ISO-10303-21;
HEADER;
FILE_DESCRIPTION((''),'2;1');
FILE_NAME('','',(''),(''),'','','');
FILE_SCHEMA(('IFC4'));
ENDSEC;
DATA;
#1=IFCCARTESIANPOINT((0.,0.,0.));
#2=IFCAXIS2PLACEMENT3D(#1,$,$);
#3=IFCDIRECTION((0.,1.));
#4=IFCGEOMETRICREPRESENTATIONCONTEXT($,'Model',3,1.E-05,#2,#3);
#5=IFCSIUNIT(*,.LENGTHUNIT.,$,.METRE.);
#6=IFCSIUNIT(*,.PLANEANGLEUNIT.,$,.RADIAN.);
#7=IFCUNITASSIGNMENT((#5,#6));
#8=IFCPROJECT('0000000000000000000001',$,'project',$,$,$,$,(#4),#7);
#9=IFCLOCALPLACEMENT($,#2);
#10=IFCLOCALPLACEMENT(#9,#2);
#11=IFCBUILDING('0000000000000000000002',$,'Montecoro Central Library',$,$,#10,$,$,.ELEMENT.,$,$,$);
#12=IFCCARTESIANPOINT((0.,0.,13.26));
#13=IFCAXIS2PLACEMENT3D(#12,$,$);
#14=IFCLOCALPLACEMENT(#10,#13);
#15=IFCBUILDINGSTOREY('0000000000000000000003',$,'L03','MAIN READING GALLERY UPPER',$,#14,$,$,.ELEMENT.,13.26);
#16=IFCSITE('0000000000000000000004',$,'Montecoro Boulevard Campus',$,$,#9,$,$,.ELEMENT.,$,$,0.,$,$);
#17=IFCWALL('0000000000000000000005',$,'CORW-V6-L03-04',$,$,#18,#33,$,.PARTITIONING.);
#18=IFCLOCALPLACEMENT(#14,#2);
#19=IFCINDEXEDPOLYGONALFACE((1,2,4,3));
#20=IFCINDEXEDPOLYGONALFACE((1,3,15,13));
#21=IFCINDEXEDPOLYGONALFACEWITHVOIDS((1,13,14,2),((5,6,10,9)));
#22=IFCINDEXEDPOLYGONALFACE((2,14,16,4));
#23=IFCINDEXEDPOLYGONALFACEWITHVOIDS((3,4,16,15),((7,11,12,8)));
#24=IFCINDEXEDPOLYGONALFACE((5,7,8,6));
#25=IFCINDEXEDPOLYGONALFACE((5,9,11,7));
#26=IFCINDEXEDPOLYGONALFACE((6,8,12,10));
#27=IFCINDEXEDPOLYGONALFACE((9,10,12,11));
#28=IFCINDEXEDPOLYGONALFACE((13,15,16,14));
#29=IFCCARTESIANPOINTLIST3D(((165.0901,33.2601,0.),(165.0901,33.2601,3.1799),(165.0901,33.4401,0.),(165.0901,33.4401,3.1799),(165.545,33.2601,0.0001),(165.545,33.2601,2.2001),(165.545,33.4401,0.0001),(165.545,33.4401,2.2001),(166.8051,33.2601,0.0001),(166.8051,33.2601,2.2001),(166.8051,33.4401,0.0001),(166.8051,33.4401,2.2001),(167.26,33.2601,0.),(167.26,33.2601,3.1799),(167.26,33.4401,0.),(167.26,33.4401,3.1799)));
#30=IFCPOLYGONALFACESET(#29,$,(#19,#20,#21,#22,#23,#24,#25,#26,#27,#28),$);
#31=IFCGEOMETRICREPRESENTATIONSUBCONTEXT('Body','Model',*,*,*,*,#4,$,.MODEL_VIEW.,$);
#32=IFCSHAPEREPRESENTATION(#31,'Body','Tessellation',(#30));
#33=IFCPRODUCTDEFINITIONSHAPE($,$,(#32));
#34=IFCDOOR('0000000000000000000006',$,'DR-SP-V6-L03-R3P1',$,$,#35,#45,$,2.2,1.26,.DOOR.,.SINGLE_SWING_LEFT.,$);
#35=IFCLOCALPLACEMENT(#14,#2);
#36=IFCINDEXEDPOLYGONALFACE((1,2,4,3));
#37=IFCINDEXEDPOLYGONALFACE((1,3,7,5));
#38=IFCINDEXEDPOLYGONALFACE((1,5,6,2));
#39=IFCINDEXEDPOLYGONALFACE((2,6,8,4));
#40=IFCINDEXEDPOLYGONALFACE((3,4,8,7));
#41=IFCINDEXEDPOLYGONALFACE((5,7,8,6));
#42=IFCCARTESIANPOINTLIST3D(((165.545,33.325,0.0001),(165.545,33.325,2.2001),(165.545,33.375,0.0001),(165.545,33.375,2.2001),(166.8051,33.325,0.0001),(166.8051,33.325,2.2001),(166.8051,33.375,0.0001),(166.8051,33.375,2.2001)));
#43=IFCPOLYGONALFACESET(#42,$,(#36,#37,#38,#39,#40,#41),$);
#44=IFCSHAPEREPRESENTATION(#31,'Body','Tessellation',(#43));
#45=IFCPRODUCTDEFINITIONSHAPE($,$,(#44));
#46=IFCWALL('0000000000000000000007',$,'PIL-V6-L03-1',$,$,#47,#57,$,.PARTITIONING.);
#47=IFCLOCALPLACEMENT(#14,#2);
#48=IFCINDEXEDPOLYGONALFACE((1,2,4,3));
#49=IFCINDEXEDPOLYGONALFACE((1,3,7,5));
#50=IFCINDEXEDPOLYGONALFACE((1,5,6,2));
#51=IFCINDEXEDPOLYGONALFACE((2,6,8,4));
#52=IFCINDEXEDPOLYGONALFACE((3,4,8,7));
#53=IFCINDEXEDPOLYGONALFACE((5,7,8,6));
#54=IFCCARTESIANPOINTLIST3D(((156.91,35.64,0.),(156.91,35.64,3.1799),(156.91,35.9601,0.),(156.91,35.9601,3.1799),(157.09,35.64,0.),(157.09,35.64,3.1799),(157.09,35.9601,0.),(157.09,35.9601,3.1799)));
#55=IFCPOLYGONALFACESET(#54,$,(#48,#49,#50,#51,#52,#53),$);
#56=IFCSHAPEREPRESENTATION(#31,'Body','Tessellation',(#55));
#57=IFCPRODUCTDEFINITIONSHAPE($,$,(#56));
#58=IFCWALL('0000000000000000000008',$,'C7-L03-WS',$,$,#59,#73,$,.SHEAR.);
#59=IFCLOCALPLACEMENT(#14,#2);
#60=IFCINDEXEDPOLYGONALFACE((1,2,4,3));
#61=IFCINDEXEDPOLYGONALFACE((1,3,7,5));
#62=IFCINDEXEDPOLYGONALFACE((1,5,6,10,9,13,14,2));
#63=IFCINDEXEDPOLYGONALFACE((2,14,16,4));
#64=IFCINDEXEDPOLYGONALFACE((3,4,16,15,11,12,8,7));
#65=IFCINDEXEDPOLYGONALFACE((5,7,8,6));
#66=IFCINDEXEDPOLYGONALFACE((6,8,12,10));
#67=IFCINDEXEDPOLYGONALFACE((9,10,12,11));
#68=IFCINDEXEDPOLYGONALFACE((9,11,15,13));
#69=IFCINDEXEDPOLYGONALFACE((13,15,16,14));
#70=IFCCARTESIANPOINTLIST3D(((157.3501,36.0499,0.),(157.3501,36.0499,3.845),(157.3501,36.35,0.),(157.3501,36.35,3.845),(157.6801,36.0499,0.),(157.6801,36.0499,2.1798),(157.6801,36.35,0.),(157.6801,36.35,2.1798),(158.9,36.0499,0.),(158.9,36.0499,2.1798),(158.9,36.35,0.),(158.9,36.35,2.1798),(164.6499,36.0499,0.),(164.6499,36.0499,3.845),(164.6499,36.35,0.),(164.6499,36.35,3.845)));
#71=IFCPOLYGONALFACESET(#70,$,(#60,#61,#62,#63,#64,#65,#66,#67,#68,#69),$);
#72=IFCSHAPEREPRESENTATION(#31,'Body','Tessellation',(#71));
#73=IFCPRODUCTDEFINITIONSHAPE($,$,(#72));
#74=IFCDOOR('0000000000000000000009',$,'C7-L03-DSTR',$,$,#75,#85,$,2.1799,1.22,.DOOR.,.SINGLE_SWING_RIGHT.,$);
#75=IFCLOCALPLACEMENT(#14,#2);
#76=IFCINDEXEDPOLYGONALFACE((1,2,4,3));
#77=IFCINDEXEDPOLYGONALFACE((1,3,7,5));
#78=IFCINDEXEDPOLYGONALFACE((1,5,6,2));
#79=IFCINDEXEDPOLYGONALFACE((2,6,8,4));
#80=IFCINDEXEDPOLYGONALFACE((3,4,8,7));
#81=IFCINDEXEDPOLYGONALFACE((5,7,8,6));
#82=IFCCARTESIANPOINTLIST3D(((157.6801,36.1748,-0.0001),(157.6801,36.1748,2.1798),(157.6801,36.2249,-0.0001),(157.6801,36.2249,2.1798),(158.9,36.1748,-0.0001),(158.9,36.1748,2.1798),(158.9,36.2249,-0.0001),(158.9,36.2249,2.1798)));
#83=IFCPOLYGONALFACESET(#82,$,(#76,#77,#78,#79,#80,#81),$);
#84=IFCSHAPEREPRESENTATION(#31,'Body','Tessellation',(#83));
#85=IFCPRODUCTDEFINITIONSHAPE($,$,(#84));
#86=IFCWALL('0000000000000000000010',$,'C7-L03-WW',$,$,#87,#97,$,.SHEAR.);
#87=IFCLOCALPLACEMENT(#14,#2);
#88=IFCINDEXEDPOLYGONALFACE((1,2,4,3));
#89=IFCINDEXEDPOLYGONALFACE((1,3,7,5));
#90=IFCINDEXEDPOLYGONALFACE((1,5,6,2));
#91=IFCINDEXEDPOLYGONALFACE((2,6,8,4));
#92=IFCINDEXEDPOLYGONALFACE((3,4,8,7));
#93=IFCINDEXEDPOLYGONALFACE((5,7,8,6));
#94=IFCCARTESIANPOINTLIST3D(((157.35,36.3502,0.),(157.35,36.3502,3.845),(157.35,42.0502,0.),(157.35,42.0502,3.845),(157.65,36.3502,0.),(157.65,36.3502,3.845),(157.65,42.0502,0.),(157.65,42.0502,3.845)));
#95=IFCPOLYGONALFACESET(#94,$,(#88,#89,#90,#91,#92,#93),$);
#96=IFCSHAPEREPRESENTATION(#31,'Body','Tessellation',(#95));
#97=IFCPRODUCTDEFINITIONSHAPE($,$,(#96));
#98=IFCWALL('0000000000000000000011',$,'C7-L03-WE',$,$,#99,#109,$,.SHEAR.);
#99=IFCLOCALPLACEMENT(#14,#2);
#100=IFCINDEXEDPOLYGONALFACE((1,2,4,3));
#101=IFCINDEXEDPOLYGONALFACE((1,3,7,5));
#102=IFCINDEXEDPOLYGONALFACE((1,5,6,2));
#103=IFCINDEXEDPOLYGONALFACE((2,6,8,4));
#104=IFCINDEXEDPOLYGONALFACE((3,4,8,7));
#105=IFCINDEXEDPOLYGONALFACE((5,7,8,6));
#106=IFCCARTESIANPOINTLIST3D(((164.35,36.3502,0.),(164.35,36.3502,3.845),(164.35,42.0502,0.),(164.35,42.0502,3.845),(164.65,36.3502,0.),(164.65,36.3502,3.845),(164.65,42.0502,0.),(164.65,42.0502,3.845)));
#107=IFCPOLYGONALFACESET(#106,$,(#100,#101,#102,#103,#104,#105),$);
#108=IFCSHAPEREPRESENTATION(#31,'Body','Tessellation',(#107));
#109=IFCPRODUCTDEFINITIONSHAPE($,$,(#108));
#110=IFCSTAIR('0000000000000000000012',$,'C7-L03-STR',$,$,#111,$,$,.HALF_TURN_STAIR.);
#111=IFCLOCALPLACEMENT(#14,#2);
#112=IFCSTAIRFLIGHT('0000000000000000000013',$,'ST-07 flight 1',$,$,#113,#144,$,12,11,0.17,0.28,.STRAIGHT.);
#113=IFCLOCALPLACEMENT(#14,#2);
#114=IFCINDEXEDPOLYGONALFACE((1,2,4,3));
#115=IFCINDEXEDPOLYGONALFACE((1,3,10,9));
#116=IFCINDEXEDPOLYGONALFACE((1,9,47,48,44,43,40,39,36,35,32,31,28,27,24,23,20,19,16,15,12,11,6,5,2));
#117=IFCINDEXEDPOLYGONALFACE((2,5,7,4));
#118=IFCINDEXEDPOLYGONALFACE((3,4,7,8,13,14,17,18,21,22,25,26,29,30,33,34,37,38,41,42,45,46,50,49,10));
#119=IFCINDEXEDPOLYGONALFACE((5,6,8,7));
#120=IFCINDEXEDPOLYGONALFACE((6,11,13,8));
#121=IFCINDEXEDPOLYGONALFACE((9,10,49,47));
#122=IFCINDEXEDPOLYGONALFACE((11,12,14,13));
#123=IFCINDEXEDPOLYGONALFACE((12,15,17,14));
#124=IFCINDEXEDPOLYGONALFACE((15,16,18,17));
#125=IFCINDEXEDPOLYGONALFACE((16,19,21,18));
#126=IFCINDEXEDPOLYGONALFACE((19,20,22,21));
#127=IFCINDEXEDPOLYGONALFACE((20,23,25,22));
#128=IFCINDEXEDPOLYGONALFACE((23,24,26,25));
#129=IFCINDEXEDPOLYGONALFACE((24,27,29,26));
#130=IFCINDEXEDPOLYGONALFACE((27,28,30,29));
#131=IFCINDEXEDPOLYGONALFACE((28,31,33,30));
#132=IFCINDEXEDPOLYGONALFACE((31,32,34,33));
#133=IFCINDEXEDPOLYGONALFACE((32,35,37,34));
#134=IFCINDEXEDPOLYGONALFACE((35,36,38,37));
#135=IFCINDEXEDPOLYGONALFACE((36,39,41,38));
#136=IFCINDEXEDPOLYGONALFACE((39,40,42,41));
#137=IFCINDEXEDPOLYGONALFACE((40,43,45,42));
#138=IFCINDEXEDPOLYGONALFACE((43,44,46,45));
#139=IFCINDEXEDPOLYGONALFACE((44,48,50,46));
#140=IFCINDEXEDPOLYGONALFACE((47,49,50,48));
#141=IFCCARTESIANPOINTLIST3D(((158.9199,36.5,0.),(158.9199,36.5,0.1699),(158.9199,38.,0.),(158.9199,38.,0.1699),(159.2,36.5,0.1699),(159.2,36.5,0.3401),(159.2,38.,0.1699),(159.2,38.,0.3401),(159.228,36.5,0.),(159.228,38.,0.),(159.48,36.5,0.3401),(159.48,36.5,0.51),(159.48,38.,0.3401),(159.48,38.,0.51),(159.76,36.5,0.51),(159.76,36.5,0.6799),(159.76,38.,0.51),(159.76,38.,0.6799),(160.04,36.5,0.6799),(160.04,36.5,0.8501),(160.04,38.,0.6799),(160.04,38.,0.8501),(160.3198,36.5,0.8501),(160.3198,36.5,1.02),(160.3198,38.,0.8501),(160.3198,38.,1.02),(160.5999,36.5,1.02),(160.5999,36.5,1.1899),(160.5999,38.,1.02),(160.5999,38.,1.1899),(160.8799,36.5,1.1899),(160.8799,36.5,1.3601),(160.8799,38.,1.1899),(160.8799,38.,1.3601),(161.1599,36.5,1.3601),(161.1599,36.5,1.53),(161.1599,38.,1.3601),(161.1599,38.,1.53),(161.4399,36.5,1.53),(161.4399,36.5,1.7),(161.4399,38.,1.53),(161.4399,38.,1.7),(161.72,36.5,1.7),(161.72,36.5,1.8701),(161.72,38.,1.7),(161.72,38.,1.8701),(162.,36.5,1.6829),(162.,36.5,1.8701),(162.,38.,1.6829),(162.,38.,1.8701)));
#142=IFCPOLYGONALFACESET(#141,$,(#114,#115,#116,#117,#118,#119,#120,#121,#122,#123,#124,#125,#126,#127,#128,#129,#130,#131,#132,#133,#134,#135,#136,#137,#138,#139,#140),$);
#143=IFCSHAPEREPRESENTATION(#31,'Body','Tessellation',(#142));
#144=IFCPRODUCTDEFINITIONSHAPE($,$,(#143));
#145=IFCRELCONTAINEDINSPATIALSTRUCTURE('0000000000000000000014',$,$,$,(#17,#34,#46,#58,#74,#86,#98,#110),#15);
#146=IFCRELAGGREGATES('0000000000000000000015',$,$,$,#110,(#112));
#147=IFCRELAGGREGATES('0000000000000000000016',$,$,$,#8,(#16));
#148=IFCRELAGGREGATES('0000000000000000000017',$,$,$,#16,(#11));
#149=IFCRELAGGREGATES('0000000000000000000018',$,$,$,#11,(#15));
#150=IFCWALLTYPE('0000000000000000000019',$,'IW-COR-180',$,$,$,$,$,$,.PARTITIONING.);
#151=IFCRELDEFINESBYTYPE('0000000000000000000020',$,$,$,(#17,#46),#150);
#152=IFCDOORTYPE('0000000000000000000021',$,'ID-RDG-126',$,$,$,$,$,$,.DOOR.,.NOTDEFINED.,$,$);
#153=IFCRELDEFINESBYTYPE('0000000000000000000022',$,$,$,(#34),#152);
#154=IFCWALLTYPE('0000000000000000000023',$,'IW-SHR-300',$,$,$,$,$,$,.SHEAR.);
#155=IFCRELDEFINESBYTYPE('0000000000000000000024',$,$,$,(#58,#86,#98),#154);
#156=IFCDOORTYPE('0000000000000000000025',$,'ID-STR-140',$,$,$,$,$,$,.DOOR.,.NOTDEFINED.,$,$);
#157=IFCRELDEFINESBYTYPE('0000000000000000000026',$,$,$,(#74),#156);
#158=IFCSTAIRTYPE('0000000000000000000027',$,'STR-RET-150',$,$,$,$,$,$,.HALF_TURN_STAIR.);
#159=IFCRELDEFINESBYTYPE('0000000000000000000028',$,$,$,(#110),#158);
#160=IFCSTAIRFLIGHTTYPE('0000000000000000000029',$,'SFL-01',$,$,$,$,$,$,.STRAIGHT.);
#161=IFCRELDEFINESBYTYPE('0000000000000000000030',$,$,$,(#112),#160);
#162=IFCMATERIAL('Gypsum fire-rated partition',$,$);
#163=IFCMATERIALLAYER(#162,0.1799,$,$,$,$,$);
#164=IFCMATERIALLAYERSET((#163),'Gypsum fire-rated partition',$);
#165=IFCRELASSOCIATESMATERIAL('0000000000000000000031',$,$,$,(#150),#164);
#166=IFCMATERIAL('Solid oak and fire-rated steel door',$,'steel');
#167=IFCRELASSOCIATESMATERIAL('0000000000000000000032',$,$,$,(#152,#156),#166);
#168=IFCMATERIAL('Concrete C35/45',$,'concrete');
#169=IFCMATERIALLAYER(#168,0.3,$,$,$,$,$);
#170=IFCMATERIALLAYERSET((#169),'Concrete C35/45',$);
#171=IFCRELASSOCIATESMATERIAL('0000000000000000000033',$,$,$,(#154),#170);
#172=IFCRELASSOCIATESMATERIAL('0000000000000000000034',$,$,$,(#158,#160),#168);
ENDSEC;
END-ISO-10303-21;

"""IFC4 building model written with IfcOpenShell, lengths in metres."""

from ifc_helpers import new_model, si_unit, direction, frame, frame_2d, origin, place, context, subcontext, project, spatial, polyline, rectangle, outline, extrude, material, layer, layer_set, type_object, element, fill, aggregate, save


model = new_model("IFC4")

# Units and contexts
model_context = context("Model", 3, precision=1e-05, world=origin(), true_north=direction((0.0, 1.0)))
body_context = subcontext(model_context, "Body", "Model", "MODEL_VIEW")
ifc_project = project(units=[si_unit("LENGTHUNIT", "METRE"), si_unit("PLANEANGLEUNIT", "RADIAN")], contexts=[model_context])

# Site, building, storey
site_placement = place(None, origin())
site = spatial("IfcSite", under=ifc_project, at=site_placement, Name="Montecoro Boulevard Campus", CompositionType="ELEMENT", RefElevation=0.0)
building_placement = place(site_placement, origin())
building = spatial("IfcBuilding", under=site, at=building_placement, Name="Montecoro Central Library", CompositionType="ELEMENT")
storey_placement = place(building_placement, frame((0.0, 0.0, 13.26)))
storey = spatial("IfcBuildingStorey", under=building, at=storey_placement, Name="L03", Description="MAIN READING GALLERY UPPER", CompositionType="ELEMENT", Elevation=13.26)

# Shared definitions
ifc_material_1 = material(Name="Concrete C35/45", Category="concrete")

# Shared definitions
ifc_material_2 = material(Name="Gypsum fire-rated partition")
ifc_layer_1 = layer(ifc_material_2, 0.1799)
ifc_layer_set_1 = layer_set([ifc_layer_1], Name="Gypsum fire-rated partition")
wall_type_1 = type_object("IfcWallType", Name="IW-COR-180", PredefinedType="PARTITIONING", material=ifc_layer_set_1)

# Wall, opening, door
wall_1_placement = place(storey_placement, frame((165.0901, 33.3501, 0.0), z_axis=(0.0, 0.0, 1.0), x_axis=(1.0, 0.0, 0.0)))
wall_1 = element("IfcWall", 1, at=wall_1_placement, inside=storey, type_object=wall_type_1, Name="CORW-V6-L03-04", PredefinedType="PARTITIONING", context=body_context, shape_type="SweptSolid", body=[
    extrude(rectangle(XDim=2.1699, YDim=0.1799, at=frame_2d((1.085, 0.0))), origin(), (0.0, 0.0, 1.0), 3.1799),
])
opening_1_placement = place(wall_1_placement, frame((0.4551, 0.0, 0.0)))
opening_1 = element("IfcOpeningElement", 2, at=opening_1_placement, cuts=wall_1, PredefinedType="OPENING", context=body_context, shape_type="SweptSolid", body=[
    extrude(rectangle(XDim=1.26, YDim=2.2, at=frame_2d((0.6299, 1.1001))), frame((0.0, 0.0999, 0.0), z_axis=(0.0, -1.0, 0.0), x_axis=(1.0, 0.0, 0.0)), (0.0, 0.0, 1.0), 0.2),
])
ifc_material_3 = material(Name="Solid oak and fire-rated steel door", Category="steel")
door_type_1 = type_object("IfcDoorType", Name="ID-RDG-126", OperationType="NOTDEFINED", PredefinedType="DOOR", material=ifc_material_3)
door_1_placement = place(opening_1_placement, origin())
door_1 = element("IfcDoor", 3, at=door_1_placement, inside=storey, type_object=door_type_1, Name="DR-SP-V6-L03-R3P1", OperationType="SINGLE_SWING_LEFT", OverallHeight=2.2, OverallWidth=1.26, PredefinedType="DOOR", context=body_context, shape_type="SweptSolid", body=[
    extrude(rectangle(XDim=1.26, YDim=2.2, at=frame_2d((0.6299, 1.1001))), frame((0.0, 0.0249, 0.0), z_axis=(0.0, -1.0, 0.0), x_axis=(1.0, 0.0, 0.0)), (0.0, 0.0, 1.0), 0.05),
])
fill(opening_1, door_1)

# Wall
wall_2_placement = place(storey_placement, frame((157.0, 35.6399, 0.0), z_axis=(0.0, 0.0, 1.0), x_axis=(0.0, 1.0, 0.0)))
element("IfcWall", 4, at=wall_2_placement, inside=storey, type_object=wall_type_1, Name="PIL-V6-L03-1", PredefinedType="PARTITIONING", context=body_context, shape_type="SweptSolid", body=[
    extrude(rectangle(XDim=0.3201, YDim=0.1799, at=frame_2d((0.1602, 0.0))), origin(), (0.0, 0.0, 1.0), 3.1799),
])

# Wall, opening, door
ifc_layer_2 = layer(ifc_material_1, 0.3)
ifc_layer_set_2 = layer_set([ifc_layer_2], Name="Concrete C35/45")
wall_type_2 = type_object("IfcWallType", Name="IW-SHR-300", PredefinedType="SHEAR", material=ifc_layer_set_2)
wall_3_placement = place(storey_placement, frame((157.3501, 36.2, 0.0), z_axis=(0.0, 0.0, 1.0), x_axis=(1.0, 0.0, 0.0)))
wall_3 = element("IfcWall", 5, at=wall_3_placement, inside=storey, type_object=wall_type_2, Name="C7-L03-WS", PredefinedType="SHEAR", context=body_context, shape_type="SweptSolid", body=[
    extrude(rectangle(XDim=7.2998, YDim=0.3, at=frame_2d((3.6499, 0.0))), origin(), (0.0, 0.0, 1.0), 3.845),
])
opening_2_placement = place(wall_3_placement, frame((0.3301, 0.0, 0.0)))
opening_2 = element("IfcOpeningElement", 6, at=opening_2_placement, cuts=wall_3, PredefinedType="OPENING", context=body_context, shape_type="SweptSolid", body=[
    extrude(rectangle(XDim=1.22, YDim=2.1799, at=frame_2d((0.6099, 1.0898))), frame((0.0, 0.1599, 0.0), z_axis=(0.0, -1.0, 0.0), x_axis=(1.0, 0.0, 0.0)), (0.0, 0.0, 1.0), 0.3201),
])
door_type_2 = type_object("IfcDoorType", Name="ID-STR-140", OperationType="NOTDEFINED", PredefinedType="DOOR", material=ifc_material_3)
door_2_placement = place(opening_2_placement, origin())
door_2 = element("IfcDoor", 7, at=door_2_placement, inside=storey, type_object=door_type_2, Name="C7-L03-DSTR", OperationType="SINGLE_SWING_RIGHT", OverallHeight=2.1799, OverallWidth=1.22, PredefinedType="DOOR", context=body_context, shape_type="SweptSolid", body=[
    extrude(rectangle(XDim=1.22, YDim=2.1799, at=frame_2d((0.6099, 1.0898))), frame((0.0, 0.0249, 0.0), z_axis=(0.0, -1.0, 0.0), x_axis=(1.0, 0.0, 0.0)), (0.0, 0.0, 1.0), 0.05),
])
fill(opening_2, door_2)

# Walls
for number, where, z_axis, x_axis, name in (
    (8, (157.5, 36.3501, 0.0), (0.0, 0.0, 1.0), (0.0, 1.0, 0.0), "C7-L03-WW"),
    (9, (164.5, 36.3501, 0.0), (0.0, 0.0, 1.0), (0.0, 1.0, 0.0), "C7-L03-WE"),
):
    element("IfcWall", number, at=place(storey_placement, frame(where, z_axis=z_axis, x_axis=x_axis)), inside=storey, type_object=wall_type_2, Name=name, PredefinedType="SHEAR", context=body_context, shape_type="SweptSolid", body=[
        extrude(rectangle(XDim=5.7, YDim=0.3, at=frame_2d((2.8501, 0.0))), origin(), (0.0, 0.0, 1.0), 3.845),
    ])

# Stair, stair flight
stair_type = type_object("IfcStairType", Name="STR-RET-150", PredefinedType="HALF_TURN_STAIR", material=ifc_material_1)
stair_placement = place(storey_placement, origin())
stair = element("IfcStair", 10, at=stair_placement, inside=storey, type_object=stair_type, Name="C7-L03-STR", PredefinedType="HALF_TURN_STAIR")
stair_flight_type = type_object("IfcStairFlightType", Name="SFL-01", PredefinedType="STRAIGHT", material=ifc_material_1)
stair_flight_placement = place(storey_placement, frame((158.9199, 37.25, 0.0), z_axis=(0.0, 0.0, 1.0), x_axis=(1.0, 0.0, 0.0)))
stair_flight = element("IfcStairFlight", 11, at=stair_flight_placement, type_object=stair_flight_type, Name="ST-07 flight 1", NumberOfRisers=12, NumberOfTreads=11, PredefinedType="STRAIGHT", RiserHeight=0.17, TreadLength=0.28, context=body_context, shape_type="SweptSolid", body=[
    extrude(outline(polyline([(0.0, 0.0), (0.0, 0.1699), (0.28, 0.1699), (0.28, 0.3401), (0.5601, 0.3401), (0.5601, 0.51), (0.8401, 0.51), (0.8401, 0.6799), (1.1201, 0.6799), (1.1201, 0.8501), (1.3999, 0.8501), (1.3999, 1.02), (1.6799, 1.02), (1.6799, 1.1899), (1.96, 1.1899), (1.96, 1.3601), (2.24, 1.3601), (2.24, 1.53), (2.52, 1.53), (2.52, 1.7), (2.8, 1.7), (2.8, 1.8701), (3.0801, 1.8701), (3.0801, 2.04), (3.0801, 1.6829), (0.3081, 0.0), (0.0, 0.0)])), frame((0.0, 0.75, 0.0), z_axis=(0.0, -1.0, 0.0), x_axis=(1.0, 0.0, 0.0)), (0.0, 0.0, 1.0), 1.5),
])
aggregate(stair, [stair_flight])

save(model, "model.ifc")
